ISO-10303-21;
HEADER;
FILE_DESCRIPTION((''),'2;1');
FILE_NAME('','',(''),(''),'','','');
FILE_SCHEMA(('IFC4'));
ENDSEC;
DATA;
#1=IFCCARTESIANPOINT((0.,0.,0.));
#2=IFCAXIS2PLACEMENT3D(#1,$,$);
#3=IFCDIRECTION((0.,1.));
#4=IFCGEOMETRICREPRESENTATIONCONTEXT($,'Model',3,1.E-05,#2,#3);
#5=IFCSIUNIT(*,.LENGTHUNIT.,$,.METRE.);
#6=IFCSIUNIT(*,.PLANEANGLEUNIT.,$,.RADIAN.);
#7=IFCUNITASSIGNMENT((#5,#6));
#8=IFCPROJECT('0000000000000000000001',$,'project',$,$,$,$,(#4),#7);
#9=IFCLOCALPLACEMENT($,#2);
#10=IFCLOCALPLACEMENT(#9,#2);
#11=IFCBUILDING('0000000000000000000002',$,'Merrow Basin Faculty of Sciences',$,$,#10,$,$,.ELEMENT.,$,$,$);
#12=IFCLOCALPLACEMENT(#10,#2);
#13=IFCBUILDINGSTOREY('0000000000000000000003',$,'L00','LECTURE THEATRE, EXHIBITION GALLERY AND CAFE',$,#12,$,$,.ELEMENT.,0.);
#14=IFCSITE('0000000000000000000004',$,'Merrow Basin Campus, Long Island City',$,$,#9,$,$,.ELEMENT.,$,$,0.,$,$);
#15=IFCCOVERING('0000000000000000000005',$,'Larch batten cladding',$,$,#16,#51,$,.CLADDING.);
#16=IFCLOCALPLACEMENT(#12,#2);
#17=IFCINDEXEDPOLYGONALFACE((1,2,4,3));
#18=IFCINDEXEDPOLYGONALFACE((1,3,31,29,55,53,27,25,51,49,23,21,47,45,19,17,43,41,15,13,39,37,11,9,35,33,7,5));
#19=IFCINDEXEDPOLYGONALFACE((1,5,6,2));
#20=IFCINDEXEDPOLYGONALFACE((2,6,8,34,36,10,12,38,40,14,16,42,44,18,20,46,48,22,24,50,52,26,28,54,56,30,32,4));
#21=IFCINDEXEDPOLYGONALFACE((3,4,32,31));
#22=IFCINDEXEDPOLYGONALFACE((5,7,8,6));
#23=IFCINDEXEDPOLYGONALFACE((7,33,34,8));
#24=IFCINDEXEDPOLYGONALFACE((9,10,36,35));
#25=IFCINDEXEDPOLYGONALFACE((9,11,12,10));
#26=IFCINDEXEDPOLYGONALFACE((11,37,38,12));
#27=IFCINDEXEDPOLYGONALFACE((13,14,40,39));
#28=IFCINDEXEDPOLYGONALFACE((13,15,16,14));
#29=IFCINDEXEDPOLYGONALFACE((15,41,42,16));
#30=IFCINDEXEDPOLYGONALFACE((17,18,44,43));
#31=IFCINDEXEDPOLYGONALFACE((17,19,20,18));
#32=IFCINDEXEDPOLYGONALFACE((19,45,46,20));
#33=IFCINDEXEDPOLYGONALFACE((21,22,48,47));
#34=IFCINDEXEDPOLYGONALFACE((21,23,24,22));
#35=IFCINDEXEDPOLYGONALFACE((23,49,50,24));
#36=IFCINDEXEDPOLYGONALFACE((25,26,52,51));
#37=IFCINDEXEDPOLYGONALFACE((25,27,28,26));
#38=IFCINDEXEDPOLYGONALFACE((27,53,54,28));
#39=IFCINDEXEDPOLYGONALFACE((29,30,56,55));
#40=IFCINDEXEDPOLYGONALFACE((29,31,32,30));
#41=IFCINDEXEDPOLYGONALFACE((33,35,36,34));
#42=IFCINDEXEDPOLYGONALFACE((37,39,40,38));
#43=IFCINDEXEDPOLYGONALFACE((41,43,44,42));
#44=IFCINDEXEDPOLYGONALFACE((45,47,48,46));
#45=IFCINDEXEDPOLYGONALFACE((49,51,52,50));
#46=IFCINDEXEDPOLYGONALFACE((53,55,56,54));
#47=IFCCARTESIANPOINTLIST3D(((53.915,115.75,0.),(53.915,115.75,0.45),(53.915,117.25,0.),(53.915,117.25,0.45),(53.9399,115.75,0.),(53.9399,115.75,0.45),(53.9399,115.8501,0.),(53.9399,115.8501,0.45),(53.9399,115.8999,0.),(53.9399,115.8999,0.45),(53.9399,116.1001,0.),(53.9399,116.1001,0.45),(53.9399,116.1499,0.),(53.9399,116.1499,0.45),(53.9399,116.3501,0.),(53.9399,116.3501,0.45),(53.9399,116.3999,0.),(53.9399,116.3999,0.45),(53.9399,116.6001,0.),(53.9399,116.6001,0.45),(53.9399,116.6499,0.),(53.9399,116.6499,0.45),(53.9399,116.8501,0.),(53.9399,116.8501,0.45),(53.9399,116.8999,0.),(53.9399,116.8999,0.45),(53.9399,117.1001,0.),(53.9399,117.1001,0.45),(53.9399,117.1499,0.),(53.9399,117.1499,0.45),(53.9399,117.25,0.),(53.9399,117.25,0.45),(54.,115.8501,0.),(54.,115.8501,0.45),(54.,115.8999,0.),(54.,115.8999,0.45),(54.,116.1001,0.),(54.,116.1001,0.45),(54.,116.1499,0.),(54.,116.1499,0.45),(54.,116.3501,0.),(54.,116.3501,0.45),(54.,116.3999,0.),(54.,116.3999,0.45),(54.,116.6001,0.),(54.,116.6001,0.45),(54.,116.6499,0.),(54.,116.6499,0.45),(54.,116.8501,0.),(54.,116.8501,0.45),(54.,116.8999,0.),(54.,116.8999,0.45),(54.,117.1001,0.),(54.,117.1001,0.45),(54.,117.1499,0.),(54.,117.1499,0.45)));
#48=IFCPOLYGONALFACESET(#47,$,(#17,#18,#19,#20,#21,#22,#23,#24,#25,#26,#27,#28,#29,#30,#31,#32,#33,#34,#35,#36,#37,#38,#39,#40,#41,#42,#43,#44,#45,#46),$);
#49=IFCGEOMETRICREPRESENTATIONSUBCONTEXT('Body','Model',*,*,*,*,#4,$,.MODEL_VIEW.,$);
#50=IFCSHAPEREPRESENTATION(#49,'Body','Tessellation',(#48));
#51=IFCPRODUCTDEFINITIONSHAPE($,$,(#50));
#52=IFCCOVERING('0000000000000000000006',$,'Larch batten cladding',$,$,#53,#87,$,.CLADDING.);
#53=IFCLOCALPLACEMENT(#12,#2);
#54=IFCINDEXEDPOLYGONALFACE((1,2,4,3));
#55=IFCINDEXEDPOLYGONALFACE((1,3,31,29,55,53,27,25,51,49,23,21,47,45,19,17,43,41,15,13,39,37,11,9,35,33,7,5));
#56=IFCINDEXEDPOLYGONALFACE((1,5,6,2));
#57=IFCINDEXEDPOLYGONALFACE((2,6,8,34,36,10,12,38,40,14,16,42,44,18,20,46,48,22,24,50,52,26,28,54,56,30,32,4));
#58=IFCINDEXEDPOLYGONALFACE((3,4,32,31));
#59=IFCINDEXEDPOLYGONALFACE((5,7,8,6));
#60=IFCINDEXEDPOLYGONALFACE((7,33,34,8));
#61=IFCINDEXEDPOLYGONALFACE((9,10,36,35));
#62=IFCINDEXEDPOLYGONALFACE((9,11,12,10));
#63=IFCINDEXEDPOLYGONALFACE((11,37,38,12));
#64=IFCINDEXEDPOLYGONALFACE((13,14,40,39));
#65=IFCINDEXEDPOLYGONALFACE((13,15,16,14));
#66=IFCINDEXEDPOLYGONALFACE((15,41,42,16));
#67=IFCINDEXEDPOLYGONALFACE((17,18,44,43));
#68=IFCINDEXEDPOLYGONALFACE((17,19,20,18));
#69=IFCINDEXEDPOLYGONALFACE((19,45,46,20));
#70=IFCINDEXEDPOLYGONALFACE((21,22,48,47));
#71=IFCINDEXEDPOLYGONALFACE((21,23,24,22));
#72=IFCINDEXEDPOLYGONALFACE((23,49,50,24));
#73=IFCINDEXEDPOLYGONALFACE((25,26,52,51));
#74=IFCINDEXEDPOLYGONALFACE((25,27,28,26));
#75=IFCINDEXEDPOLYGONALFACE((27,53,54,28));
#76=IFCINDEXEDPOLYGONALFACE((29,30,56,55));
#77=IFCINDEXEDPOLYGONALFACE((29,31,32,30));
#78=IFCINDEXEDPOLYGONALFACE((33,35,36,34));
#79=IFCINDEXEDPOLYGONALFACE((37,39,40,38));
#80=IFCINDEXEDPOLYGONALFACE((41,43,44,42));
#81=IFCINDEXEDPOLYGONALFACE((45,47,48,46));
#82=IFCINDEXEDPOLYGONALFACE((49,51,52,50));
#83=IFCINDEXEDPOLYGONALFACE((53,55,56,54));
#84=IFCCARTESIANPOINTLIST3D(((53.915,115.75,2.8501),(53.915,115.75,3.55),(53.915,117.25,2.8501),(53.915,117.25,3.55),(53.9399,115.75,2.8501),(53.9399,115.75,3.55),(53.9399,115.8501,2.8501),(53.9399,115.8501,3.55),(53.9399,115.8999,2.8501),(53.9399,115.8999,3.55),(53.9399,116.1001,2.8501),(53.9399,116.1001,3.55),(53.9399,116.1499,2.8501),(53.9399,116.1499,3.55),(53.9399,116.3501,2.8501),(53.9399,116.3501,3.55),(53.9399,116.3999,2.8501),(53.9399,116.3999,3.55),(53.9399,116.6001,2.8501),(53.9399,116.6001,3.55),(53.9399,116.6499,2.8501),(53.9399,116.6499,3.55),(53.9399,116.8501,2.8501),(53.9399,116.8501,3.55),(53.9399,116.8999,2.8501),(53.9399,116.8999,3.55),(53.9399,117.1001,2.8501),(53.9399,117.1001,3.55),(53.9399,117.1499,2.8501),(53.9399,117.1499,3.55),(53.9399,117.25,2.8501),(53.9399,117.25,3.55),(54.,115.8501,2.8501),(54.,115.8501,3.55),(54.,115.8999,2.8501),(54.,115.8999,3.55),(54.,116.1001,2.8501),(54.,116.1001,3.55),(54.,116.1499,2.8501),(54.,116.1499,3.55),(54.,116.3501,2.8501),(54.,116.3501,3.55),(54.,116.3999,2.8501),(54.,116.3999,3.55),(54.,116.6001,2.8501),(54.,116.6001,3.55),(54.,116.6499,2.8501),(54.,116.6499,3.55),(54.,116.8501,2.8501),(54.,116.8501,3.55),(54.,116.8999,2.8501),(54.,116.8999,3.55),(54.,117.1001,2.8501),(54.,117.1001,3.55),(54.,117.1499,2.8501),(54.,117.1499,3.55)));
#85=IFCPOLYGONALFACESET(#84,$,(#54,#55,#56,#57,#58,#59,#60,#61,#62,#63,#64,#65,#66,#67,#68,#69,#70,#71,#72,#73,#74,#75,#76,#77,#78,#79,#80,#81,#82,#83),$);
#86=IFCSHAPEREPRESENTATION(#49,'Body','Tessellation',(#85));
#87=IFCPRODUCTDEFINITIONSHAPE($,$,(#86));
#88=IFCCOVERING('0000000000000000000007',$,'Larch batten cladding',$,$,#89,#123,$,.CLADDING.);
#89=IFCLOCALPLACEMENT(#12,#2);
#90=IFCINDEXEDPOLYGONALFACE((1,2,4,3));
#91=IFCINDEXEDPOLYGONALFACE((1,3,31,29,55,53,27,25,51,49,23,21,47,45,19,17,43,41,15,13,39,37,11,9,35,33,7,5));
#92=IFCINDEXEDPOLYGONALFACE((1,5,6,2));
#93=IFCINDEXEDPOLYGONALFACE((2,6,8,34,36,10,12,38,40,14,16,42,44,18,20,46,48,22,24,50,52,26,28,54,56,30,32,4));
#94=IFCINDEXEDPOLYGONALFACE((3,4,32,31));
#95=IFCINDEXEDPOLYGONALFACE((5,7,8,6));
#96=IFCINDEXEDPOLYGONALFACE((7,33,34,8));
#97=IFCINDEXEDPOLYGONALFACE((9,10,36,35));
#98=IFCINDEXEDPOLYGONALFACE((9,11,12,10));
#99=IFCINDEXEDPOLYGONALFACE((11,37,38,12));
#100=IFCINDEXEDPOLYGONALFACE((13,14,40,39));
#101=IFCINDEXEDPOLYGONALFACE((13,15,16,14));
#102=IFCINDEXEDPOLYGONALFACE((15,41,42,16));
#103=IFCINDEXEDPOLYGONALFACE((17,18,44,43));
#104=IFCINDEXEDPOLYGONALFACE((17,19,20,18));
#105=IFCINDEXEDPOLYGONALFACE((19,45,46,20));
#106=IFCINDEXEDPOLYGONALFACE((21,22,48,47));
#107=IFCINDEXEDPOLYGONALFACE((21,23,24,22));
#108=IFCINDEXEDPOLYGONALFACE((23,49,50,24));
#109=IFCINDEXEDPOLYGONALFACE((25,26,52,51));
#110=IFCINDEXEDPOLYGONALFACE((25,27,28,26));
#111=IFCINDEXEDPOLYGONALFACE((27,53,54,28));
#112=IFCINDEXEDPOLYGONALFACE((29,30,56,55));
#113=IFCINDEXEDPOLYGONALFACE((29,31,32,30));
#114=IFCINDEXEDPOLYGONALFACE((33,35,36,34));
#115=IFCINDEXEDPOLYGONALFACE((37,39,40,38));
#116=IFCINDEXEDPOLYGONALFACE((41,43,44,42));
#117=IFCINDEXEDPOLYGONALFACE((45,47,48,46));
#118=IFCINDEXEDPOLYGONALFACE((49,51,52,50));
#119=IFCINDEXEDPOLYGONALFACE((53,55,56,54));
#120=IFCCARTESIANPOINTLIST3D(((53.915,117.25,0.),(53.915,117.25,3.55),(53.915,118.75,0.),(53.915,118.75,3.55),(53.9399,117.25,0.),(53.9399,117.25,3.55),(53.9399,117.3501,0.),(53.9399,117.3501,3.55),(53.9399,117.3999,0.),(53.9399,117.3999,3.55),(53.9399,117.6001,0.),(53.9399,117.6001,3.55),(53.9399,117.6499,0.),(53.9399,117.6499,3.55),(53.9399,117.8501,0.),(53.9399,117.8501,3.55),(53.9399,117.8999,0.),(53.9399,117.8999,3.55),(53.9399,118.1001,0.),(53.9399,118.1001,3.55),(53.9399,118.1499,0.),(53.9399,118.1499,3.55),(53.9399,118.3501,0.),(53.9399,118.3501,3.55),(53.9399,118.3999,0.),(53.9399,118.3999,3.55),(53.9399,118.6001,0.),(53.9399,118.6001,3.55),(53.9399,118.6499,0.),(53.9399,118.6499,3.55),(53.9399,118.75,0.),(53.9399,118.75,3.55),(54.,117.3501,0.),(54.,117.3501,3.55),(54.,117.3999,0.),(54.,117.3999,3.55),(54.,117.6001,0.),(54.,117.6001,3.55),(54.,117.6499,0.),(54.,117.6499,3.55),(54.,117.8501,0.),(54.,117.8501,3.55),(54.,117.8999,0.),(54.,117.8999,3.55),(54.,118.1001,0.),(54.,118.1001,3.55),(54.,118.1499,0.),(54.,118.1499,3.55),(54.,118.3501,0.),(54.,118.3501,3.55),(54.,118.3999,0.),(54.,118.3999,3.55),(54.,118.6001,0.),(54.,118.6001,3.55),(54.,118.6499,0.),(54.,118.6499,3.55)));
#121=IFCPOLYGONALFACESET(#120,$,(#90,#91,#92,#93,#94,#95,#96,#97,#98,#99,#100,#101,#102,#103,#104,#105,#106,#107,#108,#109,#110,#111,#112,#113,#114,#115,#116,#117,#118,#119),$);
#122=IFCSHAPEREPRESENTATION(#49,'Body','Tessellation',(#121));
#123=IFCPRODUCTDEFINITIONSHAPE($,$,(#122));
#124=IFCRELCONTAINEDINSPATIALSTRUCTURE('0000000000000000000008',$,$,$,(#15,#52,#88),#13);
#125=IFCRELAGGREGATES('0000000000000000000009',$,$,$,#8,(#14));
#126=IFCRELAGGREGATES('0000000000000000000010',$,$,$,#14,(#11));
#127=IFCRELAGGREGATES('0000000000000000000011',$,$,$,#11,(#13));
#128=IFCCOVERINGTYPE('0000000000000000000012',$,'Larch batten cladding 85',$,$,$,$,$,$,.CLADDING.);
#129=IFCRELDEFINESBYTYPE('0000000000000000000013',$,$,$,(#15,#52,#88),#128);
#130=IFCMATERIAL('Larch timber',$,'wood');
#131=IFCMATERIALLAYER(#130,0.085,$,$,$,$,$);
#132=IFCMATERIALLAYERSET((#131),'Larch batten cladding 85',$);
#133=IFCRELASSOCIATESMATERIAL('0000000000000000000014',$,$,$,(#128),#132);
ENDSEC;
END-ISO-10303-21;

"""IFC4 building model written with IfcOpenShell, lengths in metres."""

from ifc_helpers import new_model, si_unit, direction, frame, origin, place, context, subcontext, project, spatial, polyline, outline, extrude, source, transform, mapped, material, layer, layer_set, type_object, element, save


model = new_model("IFC4")

# Units and contexts
model_context = context("Model", 3, precision=1e-05, world=origin(), true_north=direction((0.0, 1.0)))
body_context = subcontext(model_context, "Body", "Model", "MODEL_VIEW")
ifc_project = project(units=[si_unit("LENGTHUNIT", "METRE"), si_unit("PLANEANGLEUNIT", "RADIAN")], contexts=[model_context])

# Site, building, storey
site_placement = place(None, origin())
site = spatial("IfcSite", under=ifc_project, at=site_placement, Name="Merrow Basin Campus, Long Island City", CompositionType="ELEMENT", RefElevation=0.0)
building_placement = place(site_placement, origin())
building = spatial("IfcBuilding", under=site, at=building_placement, Name="Merrow Basin Faculty of Sciences", CompositionType="ELEMENT")
storey_placement = place(building_placement, origin())
storey = spatial("IfcBuildingStorey", under=building, at=storey_placement, Name="L00", Description="LECTURE THEATRE, EXHIBITION GALLERY AND CAFE", CompositionType="ELEMENT", Elevation=0.0)

# Coverings
ifc_material_1 = material(Name="Larch timber", Category="wood")
ifc_layer_1 = layer(ifc_material_1, 0.085)
ifc_layer_set_1 = layer_set([ifc_layer_1], Name="Larch batten cladding 85")
covering_type = type_object("IfcCoveringType", Name="Larch batten cladding 85", PredefinedType="CLADDING", material=ifc_layer_set_1)
shared_shape_1 = source(origin(), body_context, "Body", "SweptSolid", [
    extrude(outline(polyline([(0.0, 0.0), (1.5, 0.0), (1.5, 0.0249), (1.3999, 0.0249), (1.3999, 0.085), (1.3501, 0.085), (1.3501, 0.0249), (1.1499, 0.0249), (1.1499, 0.085), (1.1001, 0.085), (1.1001, 0.0249), (0.8999, 0.0249), (0.8999, 0.085), (0.8501, 0.085), (0.8501, 0.0249), (0.6499, 0.0249), (0.6499, 0.085), (0.6001, 0.085), (0.6001, 0.0249), (0.3999, 0.0249), (0.3999, 0.085), (0.3501, 0.085), (0.3501, 0.0249), (0.1499, 0.0249), (0.1499, 0.085), (0.1001, 0.085), (0.1001, 0.0249), (0.0, 0.0249), (0.0, 0.0)])), origin(), (0.0, 0.0, 1.0), 0.45),
])
covering_1_placement = place(storey_placement, frame((53.915, 117.25, 0.0), z_axis=(0.0, 0.0, 1.0), x_axis=(0.0, -1.0, 0.0)))
element("IfcCovering", 1, at=covering_1_placement, inside=storey, type_object=covering_type, Name="Larch batten cladding", PredefinedType="CLADDING", context=body_context, shape_type="MappedRepresentation", body=[
    mapped(shared_shape_1, transform((0.0, 0.0, 0.0), scale=1.0)),
])
shared_shape_2 = source(origin(), body_context, "Body", "SweptSolid", [
    extrude(outline(polyline([(0.0, 0.0), (1.5, 0.0), (1.5, 0.0249), (1.3999, 0.0249), (1.3999, 0.085), (1.3501, 0.085), (1.3501, 0.0249), (1.1499, 0.0249), (1.1499, 0.085), (1.1001, 0.085), (1.1001, 0.0249), (0.8999, 0.0249), (0.8999, 0.085), (0.8501, 0.085), (0.8501, 0.0249), (0.6499, 0.0249), (0.6499, 0.085), (0.6001, 0.085), (0.6001, 0.0249), (0.3999, 0.0249), (0.3999, 0.085), (0.3501, 0.085), (0.3501, 0.0249), (0.1499, 0.0249), (0.1499, 0.085), (0.1001, 0.085), (0.1001, 0.0249), (0.0, 0.0249), (0.0, 0.0)])), origin(), (0.0, 0.0, 1.0), 0.7),
])
covering_2_placement = place(storey_placement, frame((53.915, 117.25, 2.8501), z_axis=(0.0, 0.0, 1.0), x_axis=(0.0, -1.0, 0.0)))
element("IfcCovering", 2, at=covering_2_placement, inside=storey, type_object=covering_type, Name="Larch batten cladding", PredefinedType="CLADDING", context=body_context, shape_type="MappedRepresentation", body=[
    mapped(shared_shape_2, transform((0.0, 0.0, 0.0), scale=1.0)),
])
shared_shape_3 = source(origin(), body_context, "Body", "SweptSolid", [
    extrude(outline(polyline([(0.0, 0.0), (1.5, 0.0), (1.5, 0.0249), (1.3999, 0.0249), (1.3999, 0.085), (1.3501, 0.085), (1.3501, 0.0249), (1.1499, 0.0249), (1.1499, 0.085), (1.1001, 0.085), (1.1001, 0.0249), (0.8999, 0.0249), (0.8999, 0.085), (0.8501, 0.085), (0.8501, 0.0249), (0.6499, 0.0249), (0.6499, 0.085), (0.6001, 0.085), (0.6001, 0.0249), (0.3999, 0.0249), (0.3999, 0.085), (0.3501, 0.085), (0.3501, 0.0249), (0.1499, 0.0249), (0.1499, 0.085), (0.1001, 0.085), (0.1001, 0.0249), (0.0, 0.0249), (0.0, 0.0)])), origin(), (0.0, 0.0, 1.0), 3.55),
])
covering_3_placement = place(storey_placement, frame((53.915, 118.75, 0.0), z_axis=(0.0, 0.0, 1.0), x_axis=(0.0, -1.0, 0.0)))
element("IfcCovering", 3, at=covering_3_placement, inside=storey, type_object=covering_type, Name="Larch batten cladding", PredefinedType="CLADDING", context=body_context, shape_type="MappedRepresentation", body=[
    mapped(shared_shape_3, transform((0.0, 0.0, 0.0), scale=1.0)),
])

save(model, "model.ifc")
